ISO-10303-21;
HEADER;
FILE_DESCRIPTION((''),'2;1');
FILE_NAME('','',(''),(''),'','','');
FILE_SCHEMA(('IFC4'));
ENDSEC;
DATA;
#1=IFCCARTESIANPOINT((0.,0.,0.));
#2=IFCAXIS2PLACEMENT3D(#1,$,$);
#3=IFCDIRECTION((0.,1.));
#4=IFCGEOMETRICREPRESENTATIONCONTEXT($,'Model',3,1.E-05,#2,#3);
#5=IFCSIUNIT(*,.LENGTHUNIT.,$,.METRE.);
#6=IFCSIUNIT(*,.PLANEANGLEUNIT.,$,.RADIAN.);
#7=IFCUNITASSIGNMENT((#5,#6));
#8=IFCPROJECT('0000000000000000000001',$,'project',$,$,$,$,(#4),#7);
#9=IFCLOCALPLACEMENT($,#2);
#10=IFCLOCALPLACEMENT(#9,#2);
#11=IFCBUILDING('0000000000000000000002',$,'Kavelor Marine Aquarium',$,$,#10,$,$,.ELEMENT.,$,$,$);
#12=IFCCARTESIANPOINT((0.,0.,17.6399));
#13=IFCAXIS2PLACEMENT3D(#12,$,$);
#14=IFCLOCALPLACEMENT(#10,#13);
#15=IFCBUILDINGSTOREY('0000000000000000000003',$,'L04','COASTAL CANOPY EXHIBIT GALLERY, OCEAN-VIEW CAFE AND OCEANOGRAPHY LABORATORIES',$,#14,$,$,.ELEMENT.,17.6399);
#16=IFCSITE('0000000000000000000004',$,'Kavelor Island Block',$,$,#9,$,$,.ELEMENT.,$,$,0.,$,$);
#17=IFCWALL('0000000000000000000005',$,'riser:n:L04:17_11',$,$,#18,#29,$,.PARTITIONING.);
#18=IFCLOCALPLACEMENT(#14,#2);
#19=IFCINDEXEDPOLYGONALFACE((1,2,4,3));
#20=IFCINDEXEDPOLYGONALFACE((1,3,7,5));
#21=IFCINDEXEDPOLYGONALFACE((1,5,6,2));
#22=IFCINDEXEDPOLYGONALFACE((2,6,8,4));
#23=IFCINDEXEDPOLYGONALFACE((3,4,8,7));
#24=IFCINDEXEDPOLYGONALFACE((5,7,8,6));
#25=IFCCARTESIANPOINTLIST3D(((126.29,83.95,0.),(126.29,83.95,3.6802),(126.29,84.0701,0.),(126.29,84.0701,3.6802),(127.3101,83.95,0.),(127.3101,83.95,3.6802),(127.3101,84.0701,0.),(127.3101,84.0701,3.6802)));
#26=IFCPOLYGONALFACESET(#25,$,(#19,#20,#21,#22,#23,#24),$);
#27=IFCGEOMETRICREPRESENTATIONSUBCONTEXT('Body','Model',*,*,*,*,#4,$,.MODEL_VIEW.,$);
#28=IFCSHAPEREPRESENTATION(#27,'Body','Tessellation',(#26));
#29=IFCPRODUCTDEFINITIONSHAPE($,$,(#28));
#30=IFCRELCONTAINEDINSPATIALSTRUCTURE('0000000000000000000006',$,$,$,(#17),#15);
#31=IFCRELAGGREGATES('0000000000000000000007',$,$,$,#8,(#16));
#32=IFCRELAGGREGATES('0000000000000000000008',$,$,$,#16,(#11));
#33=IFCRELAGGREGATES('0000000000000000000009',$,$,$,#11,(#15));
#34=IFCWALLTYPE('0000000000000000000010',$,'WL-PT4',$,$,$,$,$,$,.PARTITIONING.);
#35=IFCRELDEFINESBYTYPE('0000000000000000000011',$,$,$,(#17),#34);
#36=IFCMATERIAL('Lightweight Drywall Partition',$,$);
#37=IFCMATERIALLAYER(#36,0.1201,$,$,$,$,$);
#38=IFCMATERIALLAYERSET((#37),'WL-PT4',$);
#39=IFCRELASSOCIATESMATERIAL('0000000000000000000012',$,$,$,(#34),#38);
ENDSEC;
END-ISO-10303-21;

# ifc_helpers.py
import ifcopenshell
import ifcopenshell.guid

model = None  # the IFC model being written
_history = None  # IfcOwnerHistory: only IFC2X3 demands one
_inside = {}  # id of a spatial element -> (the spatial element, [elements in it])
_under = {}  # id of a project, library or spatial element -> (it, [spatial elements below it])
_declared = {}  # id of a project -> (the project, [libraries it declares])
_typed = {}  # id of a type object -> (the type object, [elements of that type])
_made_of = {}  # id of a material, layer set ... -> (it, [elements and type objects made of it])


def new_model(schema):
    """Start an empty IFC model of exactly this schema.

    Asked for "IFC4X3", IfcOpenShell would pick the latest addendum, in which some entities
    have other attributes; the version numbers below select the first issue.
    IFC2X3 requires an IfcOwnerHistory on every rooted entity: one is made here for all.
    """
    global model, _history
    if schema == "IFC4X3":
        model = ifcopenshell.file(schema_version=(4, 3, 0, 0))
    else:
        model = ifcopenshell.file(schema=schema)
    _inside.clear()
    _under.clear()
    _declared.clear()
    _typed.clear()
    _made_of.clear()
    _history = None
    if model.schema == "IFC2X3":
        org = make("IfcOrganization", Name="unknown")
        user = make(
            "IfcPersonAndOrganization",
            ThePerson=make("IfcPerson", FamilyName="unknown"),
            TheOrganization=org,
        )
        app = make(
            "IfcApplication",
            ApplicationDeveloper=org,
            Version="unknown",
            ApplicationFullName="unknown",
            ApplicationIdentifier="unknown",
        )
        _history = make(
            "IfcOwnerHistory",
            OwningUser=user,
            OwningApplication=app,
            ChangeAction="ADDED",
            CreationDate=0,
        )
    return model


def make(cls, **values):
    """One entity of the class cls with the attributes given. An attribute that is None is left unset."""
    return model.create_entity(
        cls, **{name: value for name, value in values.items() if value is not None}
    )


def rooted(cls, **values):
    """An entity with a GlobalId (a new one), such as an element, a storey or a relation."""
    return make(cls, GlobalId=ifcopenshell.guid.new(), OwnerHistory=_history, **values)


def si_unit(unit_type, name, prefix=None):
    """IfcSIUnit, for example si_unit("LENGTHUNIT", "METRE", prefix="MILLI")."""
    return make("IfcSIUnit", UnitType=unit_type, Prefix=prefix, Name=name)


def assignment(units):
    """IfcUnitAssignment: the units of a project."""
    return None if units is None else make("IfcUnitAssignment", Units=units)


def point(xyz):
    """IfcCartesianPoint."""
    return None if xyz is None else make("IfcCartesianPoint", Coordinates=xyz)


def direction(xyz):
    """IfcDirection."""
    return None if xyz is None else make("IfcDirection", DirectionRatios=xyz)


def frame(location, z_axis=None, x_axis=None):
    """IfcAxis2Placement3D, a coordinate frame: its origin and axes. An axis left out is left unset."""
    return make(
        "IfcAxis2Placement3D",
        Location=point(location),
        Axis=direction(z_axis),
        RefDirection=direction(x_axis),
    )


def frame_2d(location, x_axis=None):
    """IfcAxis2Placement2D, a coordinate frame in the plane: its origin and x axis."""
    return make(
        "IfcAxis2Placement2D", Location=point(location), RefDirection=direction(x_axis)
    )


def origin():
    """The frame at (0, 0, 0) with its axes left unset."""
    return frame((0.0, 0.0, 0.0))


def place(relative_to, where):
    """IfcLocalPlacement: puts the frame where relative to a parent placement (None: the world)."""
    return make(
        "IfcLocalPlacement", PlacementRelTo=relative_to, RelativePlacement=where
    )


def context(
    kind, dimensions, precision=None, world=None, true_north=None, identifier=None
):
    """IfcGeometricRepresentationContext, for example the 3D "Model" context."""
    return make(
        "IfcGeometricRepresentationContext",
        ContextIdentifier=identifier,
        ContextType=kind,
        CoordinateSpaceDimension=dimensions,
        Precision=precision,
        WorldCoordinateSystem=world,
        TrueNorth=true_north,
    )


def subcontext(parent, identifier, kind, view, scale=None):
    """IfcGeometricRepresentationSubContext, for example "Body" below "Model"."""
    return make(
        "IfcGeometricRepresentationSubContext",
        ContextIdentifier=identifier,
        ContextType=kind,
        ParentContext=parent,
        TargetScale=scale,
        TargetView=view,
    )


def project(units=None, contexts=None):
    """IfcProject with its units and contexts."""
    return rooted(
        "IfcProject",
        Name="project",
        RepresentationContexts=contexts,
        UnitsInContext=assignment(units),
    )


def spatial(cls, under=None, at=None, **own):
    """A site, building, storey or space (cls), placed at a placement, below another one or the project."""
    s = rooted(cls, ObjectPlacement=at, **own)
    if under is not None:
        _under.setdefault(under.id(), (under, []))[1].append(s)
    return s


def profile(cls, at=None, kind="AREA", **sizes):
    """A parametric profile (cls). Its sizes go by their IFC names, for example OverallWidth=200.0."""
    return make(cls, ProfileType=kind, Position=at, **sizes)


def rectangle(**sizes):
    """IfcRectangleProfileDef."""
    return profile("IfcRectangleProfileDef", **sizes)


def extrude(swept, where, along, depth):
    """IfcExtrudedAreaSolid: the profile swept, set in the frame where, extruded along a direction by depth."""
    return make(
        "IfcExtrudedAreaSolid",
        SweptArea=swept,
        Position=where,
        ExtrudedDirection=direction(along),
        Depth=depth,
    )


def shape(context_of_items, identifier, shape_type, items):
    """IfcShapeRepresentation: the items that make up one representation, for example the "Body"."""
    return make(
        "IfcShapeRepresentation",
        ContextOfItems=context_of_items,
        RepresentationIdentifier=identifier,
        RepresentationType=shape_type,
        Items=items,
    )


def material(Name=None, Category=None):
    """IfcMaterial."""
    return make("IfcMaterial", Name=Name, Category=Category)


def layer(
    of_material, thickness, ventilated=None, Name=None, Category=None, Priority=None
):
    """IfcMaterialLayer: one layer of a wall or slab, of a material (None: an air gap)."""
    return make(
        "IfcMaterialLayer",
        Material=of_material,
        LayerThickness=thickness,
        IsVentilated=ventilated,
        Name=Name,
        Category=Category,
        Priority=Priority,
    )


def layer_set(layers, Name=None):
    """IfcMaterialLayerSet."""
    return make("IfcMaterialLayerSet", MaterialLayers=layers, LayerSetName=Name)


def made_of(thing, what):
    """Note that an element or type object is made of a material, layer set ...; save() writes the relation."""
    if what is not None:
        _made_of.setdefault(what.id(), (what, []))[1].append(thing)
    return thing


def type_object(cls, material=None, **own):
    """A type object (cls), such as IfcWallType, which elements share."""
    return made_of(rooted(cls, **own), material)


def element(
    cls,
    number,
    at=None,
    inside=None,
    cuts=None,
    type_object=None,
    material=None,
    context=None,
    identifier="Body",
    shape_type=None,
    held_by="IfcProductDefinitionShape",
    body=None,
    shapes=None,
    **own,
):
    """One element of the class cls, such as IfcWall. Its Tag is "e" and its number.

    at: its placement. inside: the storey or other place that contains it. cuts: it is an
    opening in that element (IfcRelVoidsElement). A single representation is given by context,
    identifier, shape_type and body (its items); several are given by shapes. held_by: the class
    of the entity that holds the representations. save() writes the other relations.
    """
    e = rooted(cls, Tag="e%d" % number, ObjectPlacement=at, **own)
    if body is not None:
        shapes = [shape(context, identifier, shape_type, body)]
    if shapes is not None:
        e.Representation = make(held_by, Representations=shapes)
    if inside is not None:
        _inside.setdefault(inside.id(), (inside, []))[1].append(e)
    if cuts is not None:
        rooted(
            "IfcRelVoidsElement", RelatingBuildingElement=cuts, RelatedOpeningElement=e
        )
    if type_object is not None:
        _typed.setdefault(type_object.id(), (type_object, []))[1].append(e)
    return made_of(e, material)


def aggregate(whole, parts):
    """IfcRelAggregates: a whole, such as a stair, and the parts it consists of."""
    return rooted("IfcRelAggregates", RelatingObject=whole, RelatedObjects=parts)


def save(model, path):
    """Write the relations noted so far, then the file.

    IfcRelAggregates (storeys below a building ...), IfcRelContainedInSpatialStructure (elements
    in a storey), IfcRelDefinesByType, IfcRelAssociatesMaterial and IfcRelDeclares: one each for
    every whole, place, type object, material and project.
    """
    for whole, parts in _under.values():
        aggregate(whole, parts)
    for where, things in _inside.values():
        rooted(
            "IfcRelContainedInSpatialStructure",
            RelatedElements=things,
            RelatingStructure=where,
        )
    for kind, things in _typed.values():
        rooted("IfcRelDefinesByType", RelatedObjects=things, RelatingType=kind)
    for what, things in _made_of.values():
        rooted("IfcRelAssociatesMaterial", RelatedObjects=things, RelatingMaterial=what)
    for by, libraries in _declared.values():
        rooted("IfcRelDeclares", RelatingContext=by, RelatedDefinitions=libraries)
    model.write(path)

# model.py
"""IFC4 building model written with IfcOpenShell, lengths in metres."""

from ifc_helpers import new_model, si_unit, direction, frame, frame_2d, origin, place, context, subcontext, project, spatial, rectangle, extrude, material, layer, layer_set, type_object, element, save


model = new_model("IFC4")

# Units and contexts
model_context = context("Model", 3, precision=1e-05, world=origin(), true_north=direction((0.0, 1.0)))
body_context = subcontext(model_context, "Body", "Model", "MODEL_VIEW")
ifc_project = project(units=[si_unit("LENGTHUNIT", "METRE"), si_unit("PLANEANGLEUNIT", "RADIAN")], contexts=[model_context])

# Site, building, storey
site_placement = place(None, origin())
site = spatial("IfcSite", under=ifc_project, at=site_placement, Name="Kavelor Island Block", CompositionType="ELEMENT", RefElevation=0.0)
building_placement = place(site_placement, origin())
building = spatial("IfcBuilding", under=site, at=building_placement, Name="Kavelor Marine Aquarium", CompositionType="ELEMENT")
storey_placement = place(building_placement, frame((0.0, 0.0, 17.6399)))
storey = spatial("IfcBuildingStorey", under=building, at=storey_placement, Name="L04", Description="COASTAL CANOPY EXHIBIT GALLERY, OCEAN-VIEW CAFE AND OCEANOGRAPHY LABORATORIES", CompositionType="ELEMENT", Elevation=17.6399)

# Wall
ifc_material_1 = material(Name="Lightweight Drywall Partition")
ifc_layer_1 = layer(ifc_material_1, 0.1201)
ifc_layer_set_1 = layer_set([ifc_layer_1], Name="WL-PT4")
wall_type = type_object("IfcWallType", Name="WL-PT4", PredefinedType="PARTITIONING", material=ifc_layer_set_1)
wall_1_placement = place(storey_placement, frame((126.29, 84.01, 0.0), z_axis=(0.0, 0.0, 1.0), x_axis=(1.0, 0.0, 0.0)))
element("IfcWall", 1, at=wall_1_placement, inside=storey, type_object=wall_type, Name="riser:n:L04:17_11", PredefinedType="PARTITIONING", context=body_context, shape_type="SweptSolid", body=[
    extrude(rectangle(XDim=1.02, YDim=0.1201, at=frame_2d((0.51, 0.0))), origin(), (0.0, 0.0, 1.0), 3.6802),
])

save(model, "model.ifc")
